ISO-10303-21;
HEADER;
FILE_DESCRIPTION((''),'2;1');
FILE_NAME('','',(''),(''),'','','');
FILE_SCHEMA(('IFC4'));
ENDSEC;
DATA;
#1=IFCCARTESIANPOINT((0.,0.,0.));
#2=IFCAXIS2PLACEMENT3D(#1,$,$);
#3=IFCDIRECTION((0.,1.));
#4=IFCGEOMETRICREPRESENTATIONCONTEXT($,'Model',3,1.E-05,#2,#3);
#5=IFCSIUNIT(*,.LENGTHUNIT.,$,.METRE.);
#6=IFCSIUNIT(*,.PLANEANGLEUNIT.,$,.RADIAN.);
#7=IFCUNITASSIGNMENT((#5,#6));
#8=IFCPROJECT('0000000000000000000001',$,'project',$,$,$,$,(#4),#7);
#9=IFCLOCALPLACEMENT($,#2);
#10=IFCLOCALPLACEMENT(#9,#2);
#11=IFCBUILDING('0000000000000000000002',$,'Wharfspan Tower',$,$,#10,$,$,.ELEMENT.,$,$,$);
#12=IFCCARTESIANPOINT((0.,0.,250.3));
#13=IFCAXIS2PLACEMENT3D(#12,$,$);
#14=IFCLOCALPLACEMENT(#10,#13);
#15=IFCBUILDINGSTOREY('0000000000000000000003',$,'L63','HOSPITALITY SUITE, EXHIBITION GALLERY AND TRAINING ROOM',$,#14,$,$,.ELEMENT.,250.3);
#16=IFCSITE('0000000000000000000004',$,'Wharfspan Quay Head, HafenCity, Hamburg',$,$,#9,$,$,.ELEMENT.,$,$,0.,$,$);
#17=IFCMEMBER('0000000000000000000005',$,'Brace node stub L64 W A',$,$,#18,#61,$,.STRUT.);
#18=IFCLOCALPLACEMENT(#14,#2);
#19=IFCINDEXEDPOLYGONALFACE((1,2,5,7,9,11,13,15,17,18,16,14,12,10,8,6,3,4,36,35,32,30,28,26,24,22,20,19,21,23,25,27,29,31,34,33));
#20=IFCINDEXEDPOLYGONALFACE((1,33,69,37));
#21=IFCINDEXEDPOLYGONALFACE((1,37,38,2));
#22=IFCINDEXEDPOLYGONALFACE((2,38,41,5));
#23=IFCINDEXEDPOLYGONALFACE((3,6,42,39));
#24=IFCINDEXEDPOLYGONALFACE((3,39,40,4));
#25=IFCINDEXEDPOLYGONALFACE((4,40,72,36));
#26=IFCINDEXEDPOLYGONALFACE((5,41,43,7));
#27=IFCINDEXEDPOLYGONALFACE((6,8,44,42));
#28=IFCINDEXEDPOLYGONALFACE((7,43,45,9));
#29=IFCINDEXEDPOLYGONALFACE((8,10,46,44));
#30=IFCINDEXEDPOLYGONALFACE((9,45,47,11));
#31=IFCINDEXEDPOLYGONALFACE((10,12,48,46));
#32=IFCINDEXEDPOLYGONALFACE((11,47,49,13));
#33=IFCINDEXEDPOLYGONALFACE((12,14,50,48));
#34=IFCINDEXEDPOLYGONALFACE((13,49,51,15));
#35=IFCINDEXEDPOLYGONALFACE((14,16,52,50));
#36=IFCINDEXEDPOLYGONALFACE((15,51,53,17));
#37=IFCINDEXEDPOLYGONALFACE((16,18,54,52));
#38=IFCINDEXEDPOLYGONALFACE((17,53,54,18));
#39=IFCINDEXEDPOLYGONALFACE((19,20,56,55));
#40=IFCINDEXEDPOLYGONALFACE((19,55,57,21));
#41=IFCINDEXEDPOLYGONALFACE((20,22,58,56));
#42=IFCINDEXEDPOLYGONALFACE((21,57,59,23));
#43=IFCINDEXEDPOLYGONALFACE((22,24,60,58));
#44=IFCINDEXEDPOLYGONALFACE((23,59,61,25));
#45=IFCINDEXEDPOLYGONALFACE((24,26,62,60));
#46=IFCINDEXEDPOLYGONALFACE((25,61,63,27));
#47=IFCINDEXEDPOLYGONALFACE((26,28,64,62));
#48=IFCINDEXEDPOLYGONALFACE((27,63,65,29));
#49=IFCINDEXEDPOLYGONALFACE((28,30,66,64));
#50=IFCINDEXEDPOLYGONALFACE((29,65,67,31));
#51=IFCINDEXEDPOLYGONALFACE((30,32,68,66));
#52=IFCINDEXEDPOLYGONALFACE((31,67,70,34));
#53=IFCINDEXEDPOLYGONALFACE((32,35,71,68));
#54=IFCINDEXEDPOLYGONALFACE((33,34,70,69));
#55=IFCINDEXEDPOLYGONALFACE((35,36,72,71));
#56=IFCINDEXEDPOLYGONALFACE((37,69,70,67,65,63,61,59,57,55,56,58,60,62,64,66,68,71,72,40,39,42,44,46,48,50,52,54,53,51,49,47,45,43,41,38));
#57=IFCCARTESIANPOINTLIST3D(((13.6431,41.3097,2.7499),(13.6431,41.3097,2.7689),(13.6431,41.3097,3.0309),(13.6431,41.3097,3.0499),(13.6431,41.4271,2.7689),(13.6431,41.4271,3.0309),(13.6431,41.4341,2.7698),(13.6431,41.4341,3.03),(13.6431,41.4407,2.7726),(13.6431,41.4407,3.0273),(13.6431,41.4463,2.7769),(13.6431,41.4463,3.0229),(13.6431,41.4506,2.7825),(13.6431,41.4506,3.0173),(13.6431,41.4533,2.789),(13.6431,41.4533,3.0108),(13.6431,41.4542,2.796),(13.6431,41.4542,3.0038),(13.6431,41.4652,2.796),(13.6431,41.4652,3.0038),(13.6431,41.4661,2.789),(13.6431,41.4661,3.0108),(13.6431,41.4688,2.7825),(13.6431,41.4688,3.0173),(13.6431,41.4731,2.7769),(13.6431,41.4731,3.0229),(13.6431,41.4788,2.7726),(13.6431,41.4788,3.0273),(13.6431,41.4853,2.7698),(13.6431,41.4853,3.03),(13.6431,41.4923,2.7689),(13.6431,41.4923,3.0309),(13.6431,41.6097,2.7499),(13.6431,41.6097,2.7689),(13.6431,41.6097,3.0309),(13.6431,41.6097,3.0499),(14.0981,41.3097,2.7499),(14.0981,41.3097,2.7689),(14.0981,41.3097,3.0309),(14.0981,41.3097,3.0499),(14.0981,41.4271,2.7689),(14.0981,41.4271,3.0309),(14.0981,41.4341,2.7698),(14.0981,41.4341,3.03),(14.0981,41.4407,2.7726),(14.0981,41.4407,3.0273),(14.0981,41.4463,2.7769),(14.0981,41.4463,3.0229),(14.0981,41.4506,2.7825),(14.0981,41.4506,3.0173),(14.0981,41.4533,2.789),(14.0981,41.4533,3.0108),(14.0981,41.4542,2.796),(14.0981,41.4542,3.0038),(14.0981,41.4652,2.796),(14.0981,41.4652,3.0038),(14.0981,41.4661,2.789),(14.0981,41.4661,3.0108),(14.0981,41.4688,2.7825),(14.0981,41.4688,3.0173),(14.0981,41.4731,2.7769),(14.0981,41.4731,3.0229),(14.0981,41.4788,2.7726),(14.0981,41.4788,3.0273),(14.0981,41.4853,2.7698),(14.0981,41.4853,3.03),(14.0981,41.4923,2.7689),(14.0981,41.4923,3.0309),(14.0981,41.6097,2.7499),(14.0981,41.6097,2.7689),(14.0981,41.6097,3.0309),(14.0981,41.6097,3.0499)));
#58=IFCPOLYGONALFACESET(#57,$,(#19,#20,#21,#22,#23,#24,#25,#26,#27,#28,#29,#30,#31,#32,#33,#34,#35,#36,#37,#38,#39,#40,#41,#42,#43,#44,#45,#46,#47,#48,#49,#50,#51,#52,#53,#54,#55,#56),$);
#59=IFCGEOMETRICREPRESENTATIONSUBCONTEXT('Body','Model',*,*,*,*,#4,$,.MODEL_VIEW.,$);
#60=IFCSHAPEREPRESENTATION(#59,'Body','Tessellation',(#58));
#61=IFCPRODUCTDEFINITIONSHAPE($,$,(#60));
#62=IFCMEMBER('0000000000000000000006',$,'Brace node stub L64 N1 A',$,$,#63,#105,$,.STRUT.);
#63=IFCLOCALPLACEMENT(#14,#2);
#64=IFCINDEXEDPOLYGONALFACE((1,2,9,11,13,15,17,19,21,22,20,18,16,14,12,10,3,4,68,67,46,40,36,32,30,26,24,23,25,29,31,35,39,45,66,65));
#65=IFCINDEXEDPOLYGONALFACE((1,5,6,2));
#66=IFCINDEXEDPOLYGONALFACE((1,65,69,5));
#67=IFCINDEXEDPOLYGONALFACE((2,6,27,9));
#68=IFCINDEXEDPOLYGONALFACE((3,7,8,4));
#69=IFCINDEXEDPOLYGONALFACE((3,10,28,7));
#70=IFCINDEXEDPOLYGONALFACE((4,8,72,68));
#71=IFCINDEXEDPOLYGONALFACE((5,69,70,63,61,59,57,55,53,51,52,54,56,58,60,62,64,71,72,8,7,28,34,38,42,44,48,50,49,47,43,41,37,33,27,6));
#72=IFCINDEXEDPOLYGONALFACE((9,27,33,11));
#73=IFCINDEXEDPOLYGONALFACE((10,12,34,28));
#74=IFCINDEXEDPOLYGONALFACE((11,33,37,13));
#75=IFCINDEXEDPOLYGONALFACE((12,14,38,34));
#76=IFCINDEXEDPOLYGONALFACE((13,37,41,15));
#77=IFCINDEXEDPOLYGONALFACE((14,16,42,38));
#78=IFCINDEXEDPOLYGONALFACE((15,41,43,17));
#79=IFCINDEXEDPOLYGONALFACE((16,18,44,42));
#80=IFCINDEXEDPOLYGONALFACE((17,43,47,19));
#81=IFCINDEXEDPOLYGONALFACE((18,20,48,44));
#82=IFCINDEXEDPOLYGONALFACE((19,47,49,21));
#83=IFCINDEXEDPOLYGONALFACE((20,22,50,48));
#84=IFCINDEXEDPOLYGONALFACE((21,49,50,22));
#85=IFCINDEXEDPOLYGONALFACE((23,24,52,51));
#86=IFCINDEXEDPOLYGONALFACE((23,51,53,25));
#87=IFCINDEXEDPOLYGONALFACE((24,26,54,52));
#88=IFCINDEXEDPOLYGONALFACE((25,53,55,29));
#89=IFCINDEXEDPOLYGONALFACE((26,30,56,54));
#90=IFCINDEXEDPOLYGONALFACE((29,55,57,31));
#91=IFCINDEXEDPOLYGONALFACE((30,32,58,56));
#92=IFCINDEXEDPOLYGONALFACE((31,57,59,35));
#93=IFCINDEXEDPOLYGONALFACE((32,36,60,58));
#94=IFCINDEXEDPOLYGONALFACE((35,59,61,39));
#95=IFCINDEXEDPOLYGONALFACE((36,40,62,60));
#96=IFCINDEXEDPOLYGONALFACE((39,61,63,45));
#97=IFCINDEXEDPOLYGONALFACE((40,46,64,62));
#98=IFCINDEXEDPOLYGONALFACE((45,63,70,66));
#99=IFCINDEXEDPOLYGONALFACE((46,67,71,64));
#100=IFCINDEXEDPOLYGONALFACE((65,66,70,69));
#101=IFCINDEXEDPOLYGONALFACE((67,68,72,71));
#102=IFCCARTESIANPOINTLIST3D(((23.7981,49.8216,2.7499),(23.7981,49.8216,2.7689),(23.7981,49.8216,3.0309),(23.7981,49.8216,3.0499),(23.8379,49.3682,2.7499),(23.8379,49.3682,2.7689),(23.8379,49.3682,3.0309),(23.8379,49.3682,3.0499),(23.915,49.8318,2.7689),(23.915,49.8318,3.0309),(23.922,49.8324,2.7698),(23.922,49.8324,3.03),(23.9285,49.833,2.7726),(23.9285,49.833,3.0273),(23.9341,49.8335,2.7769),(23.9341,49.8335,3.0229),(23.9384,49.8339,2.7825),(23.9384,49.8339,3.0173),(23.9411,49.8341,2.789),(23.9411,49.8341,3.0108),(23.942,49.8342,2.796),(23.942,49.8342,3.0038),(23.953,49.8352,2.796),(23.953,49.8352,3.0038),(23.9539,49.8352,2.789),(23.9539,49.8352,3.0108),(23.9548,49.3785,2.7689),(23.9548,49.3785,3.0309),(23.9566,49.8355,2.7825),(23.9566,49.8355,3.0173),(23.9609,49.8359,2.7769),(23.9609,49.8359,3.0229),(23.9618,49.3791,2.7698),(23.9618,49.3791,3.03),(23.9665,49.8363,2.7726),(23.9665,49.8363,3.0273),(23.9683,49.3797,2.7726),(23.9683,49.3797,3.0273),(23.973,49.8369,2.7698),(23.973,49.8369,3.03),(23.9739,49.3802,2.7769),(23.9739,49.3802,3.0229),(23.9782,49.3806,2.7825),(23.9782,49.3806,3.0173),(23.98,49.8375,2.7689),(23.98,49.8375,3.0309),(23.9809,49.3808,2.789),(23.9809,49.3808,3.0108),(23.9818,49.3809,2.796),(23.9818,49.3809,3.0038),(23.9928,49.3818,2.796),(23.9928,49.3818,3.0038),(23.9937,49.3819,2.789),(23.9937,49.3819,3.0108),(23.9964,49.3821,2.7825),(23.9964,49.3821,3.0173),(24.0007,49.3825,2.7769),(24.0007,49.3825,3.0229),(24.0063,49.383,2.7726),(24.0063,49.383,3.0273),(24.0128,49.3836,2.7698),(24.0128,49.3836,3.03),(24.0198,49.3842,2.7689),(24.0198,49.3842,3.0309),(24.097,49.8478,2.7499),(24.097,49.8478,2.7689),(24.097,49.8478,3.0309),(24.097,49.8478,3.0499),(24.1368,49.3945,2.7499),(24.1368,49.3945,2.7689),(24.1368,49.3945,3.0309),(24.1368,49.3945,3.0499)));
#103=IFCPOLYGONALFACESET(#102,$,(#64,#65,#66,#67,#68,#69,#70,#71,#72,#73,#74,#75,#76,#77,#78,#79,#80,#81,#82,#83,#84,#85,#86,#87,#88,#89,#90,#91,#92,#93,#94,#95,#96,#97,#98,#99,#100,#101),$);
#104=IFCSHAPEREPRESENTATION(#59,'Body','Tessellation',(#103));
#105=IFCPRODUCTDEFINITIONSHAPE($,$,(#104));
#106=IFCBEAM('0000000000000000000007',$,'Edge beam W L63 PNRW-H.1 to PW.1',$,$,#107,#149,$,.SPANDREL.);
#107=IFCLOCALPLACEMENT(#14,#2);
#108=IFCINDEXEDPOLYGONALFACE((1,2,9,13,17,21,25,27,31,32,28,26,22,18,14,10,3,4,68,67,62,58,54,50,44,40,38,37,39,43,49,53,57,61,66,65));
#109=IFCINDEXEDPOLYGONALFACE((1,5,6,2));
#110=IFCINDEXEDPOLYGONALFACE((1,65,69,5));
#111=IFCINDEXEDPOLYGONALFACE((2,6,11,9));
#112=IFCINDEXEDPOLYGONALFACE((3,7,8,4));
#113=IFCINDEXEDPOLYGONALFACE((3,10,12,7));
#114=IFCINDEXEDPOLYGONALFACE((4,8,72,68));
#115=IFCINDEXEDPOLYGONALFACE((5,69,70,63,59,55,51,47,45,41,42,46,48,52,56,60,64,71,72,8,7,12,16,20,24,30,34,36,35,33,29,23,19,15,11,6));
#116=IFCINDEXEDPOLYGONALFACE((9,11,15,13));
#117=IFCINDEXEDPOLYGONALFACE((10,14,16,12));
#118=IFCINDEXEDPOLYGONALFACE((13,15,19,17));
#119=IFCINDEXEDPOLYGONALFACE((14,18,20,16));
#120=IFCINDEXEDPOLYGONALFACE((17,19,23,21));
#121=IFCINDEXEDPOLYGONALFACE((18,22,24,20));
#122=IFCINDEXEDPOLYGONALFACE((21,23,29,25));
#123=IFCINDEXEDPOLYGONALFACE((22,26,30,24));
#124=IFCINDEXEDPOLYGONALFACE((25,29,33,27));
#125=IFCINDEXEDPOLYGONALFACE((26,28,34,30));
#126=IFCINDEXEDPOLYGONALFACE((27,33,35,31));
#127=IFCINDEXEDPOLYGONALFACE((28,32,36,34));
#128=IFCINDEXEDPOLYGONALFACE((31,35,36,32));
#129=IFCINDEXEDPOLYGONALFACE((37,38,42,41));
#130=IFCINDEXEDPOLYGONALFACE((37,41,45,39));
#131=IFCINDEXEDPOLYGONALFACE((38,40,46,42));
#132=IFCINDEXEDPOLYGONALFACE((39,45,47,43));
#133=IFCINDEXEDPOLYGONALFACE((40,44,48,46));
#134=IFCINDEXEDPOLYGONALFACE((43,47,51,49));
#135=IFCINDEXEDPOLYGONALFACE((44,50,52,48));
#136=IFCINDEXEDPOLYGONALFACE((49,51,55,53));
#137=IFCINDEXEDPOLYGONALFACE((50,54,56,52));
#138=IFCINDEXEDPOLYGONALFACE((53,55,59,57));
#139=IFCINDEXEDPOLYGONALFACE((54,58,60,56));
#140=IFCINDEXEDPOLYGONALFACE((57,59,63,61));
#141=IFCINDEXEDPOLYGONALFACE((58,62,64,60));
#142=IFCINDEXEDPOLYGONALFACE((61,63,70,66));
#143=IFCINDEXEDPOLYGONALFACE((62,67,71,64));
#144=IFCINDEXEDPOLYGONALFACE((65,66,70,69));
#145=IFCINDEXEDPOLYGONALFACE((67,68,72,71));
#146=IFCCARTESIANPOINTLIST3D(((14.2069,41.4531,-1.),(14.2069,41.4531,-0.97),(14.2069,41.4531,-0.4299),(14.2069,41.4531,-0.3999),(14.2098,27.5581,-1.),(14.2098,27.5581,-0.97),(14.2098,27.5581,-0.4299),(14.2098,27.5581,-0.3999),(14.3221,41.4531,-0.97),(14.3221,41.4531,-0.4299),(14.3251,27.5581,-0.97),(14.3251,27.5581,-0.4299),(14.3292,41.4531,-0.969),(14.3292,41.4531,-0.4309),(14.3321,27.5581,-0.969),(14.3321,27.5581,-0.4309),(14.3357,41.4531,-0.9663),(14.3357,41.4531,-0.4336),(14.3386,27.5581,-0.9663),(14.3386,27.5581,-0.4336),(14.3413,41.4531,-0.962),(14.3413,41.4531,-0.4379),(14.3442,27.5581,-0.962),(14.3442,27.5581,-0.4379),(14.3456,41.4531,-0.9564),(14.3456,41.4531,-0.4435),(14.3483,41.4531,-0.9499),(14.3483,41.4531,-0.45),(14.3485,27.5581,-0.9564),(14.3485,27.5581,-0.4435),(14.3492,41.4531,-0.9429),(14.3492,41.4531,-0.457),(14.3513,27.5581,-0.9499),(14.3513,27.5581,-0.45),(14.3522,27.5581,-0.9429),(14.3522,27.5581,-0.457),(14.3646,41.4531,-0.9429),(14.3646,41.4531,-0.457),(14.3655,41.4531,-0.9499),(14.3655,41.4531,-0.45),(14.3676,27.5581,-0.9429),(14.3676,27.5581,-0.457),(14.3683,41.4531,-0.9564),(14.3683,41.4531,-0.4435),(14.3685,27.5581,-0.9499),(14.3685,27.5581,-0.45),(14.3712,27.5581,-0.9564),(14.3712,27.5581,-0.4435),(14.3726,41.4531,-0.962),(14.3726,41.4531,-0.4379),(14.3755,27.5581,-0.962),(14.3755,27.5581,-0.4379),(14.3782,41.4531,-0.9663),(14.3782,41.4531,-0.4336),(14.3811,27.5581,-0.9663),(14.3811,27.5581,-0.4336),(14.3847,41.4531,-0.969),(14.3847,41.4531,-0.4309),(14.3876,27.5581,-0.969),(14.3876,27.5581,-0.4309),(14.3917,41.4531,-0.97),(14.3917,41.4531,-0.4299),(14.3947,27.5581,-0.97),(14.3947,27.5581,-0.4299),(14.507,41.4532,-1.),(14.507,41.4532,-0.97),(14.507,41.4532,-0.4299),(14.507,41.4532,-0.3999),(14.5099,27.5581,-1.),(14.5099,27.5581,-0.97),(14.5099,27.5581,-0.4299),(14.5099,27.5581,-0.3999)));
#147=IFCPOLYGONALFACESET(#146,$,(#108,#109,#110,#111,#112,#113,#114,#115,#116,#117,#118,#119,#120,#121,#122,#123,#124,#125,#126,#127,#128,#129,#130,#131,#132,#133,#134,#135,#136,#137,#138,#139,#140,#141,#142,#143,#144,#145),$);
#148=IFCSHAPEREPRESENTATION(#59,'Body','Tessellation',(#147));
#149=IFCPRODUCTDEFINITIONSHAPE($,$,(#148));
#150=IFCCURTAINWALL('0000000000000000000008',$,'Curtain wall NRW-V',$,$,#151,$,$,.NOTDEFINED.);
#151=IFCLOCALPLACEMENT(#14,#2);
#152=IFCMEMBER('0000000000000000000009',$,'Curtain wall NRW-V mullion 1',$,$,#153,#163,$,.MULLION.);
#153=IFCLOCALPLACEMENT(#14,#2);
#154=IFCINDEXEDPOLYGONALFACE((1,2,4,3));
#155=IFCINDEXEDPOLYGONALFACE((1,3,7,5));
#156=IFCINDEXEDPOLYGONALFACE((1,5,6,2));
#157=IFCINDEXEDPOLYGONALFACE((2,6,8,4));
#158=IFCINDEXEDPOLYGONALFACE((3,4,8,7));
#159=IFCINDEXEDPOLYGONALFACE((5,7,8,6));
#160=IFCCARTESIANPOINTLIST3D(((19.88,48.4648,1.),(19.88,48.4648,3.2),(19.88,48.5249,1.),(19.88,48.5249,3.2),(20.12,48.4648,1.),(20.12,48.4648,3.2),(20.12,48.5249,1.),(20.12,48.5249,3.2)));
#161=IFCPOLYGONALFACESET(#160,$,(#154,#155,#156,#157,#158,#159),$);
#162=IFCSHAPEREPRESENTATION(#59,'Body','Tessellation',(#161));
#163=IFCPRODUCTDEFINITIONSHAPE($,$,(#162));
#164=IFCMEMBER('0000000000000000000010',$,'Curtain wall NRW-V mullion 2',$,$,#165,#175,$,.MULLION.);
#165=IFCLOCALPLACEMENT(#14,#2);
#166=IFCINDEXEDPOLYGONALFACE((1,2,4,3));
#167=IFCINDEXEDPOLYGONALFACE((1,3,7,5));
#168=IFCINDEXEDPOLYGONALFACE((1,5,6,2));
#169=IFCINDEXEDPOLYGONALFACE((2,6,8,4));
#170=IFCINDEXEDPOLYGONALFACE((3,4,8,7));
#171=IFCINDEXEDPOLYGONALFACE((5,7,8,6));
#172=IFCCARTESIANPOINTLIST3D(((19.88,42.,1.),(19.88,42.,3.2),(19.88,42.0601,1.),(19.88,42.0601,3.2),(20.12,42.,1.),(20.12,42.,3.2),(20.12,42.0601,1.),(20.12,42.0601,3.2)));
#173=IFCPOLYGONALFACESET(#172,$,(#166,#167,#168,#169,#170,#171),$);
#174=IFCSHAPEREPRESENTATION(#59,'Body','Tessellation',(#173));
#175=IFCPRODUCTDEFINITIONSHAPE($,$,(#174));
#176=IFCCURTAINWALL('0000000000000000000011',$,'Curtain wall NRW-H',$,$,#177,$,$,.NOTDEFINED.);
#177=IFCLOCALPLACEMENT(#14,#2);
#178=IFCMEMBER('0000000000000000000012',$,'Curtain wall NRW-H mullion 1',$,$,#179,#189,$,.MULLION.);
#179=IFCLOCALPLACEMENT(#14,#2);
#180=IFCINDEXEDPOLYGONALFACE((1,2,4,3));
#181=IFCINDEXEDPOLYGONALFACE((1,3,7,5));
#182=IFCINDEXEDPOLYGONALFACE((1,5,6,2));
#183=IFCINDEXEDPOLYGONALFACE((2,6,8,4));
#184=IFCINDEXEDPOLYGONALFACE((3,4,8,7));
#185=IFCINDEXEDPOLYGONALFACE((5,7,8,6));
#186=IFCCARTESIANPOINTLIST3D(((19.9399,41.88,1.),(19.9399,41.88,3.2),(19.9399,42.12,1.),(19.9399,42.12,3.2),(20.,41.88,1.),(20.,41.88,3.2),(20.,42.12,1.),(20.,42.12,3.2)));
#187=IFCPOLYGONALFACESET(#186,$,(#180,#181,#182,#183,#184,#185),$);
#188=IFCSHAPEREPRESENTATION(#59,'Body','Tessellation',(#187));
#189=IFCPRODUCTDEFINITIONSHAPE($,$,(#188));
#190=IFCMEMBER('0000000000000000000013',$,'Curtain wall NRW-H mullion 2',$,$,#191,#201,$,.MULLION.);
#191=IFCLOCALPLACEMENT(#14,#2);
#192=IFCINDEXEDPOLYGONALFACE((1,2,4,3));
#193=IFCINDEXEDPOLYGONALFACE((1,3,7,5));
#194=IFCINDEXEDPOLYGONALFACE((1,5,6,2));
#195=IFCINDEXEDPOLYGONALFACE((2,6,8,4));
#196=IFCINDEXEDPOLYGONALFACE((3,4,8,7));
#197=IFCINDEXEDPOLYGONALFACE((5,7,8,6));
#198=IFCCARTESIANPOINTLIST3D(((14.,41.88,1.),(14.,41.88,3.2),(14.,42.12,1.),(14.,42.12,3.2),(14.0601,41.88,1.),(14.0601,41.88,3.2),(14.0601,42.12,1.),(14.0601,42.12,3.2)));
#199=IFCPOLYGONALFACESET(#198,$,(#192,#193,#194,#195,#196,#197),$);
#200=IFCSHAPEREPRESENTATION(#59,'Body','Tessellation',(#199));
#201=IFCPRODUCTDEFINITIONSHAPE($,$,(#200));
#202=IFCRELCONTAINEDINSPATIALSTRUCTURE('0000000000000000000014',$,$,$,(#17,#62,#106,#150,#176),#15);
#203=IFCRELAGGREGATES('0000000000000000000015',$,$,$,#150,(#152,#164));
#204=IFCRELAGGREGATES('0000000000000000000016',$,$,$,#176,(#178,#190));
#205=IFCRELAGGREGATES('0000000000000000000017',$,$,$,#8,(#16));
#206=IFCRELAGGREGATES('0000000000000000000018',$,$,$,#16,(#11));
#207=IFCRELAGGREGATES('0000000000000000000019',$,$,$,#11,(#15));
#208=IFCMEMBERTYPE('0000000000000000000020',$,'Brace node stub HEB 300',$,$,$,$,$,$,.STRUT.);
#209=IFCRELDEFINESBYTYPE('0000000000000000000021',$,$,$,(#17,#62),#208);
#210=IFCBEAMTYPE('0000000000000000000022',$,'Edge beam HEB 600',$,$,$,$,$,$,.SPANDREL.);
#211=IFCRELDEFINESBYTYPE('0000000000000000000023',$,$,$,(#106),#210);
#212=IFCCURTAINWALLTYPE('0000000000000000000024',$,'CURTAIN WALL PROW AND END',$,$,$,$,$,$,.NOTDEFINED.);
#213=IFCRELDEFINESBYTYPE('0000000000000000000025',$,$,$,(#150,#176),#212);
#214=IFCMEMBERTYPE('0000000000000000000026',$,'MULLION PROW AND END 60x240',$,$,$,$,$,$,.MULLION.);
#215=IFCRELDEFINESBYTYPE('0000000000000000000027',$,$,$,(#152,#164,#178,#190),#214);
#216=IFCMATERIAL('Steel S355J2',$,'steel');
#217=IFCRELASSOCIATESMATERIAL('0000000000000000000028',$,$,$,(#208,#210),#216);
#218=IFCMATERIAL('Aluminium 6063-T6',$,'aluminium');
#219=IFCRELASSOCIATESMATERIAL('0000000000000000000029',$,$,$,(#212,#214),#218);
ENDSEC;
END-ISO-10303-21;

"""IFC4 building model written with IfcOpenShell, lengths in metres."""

from ifc_helpers import new_model, si_unit, direction, frame, origin, origin_2d, place, context, subcontext, project, spatial, rectangle, i_section, extrude, material, material_profile, profile_set, type_object, element, aggregate, save


model = new_model("IFC4")

# Units and contexts
model_context = context("Model", 3, precision=1e-05, world=origin(), true_north=direction((0.0, 1.0)))
body_context = subcontext(model_context, "Body", "Model", "MODEL_VIEW")
ifc_project = project(units=[si_unit("LENGTHUNIT", "METRE"), si_unit("PLANEANGLEUNIT", "RADIAN")], contexts=[model_context])

# Site, building, storey
site_placement = place(None, origin())
site = spatial("IfcSite", under=ifc_project, at=site_placement, Name="Wharfspan Quay Head, HafenCity, Hamburg", CompositionType="ELEMENT", RefElevation=0.0)
building_placement = place(site_placement, origin())
building = spatial("IfcBuilding", under=site, at=building_placement, Name="Wharfspan Tower", CompositionType="ELEMENT")
storey_placement = place(building_placement, frame((0.0, 0.0, 250.3)))
storey = spatial("IfcBuildingStorey", under=building, at=storey_placement, Name="L63", Description="HOSPITALITY SUITE, EXHIBITION GALLERY AND TRAINING ROOM", CompositionType="ELEMENT", Elevation=250.3)

# Shared definitions
ifc_material_1 = material(Name="Steel S355J2", Category="steel")

# Members
ifc_material_profile_1 = material_profile(ifc_material_1, i_section(OverallWidth=0.3, OverallDepth=0.3, WebThickness=0.011, FlangeThickness=0.019, FilletRadius=0.0271, at=origin_2d()))
ifc_profile_set_1 = profile_set([ifc_material_profile_1], Name="Steel S355J2")
member_type_1 = type_object("IfcMemberType", Name="Brace node stub HEB 300", PredefinedType="STRUT", material=ifc_profile_set_1)
for number, where, z_axis, x_axis, name in (
    (1, (14.0981, 41.4597, 2.8999), (-1.0, 0.0, 0.0), (0.0, -1.0, 0.0), "Brace node stub L64 W A"),
    (2, (23.9873, 49.3813, 2.8999), (-0.08744, 0.99617, 0.0), (-0.99617, -0.08744, 0.0), "Brace node stub L64 N1 A"),
):
    element("IfcMember", number, at=place(storey_placement, frame(where, z_axis=z_axis, x_axis=x_axis)), inside=storey, type_object=member_type_1, Name=name, PredefinedType="STRUT", context=body_context, shape_type="SweptSolid", body=[
        extrude(i_section(OverallWidth=0.3, OverallDepth=0.3, WebThickness=0.011, FlangeThickness=0.019, FilletRadius=0.0271, at=origin_2d()), origin(), (0.0, 0.0, 1.0), 0.4551),
    ])

# Beam
ifc_material_profile_2 = material_profile(ifc_material_1, i_section(OverallWidth=0.3, OverallDepth=0.6001, WebThickness=0.0154, FlangeThickness=0.03, FilletRadius=0.0271, at=origin_2d()))
ifc_profile_set_2 = profile_set([ifc_material_profile_2], Name="Steel S355J2")
beam_type = type_object("IfcBeamType", Name="Edge beam HEB 600", PredefinedType="SPANDREL", material=ifc_profile_set_2)
beam_placement = place(storey_placement, frame((14.3569, 41.4531, -0.7), z_axis=(0.000211, -1.0, 0.0), x_axis=(1.0, 0.000211, 0.0)))
element("IfcBeam", 3, at=beam_placement, inside=storey, type_object=beam_type, Name="Edge beam W L63 PNRW-H.1 to PW.1", PredefinedType="SPANDREL", context=body_context, shape_type="SweptSolid", body=[
    extrude(i_section(OverallWidth=0.3, OverallDepth=0.6001, WebThickness=0.0154, FlangeThickness=0.03, FilletRadius=0.0271, at=origin_2d()), origin(), (0.0, 0.0, 1.0), 13.895),
])

# Curtain walls, members
ifc_material_2 = material(Name="Aluminium 6063-T6", Category="aluminium")
curtain_wall_type = type_object("IfcCurtainWallType", Name="CURTAIN WALL PROW AND END", PredefinedType="NOTDEFINED", material=ifc_material_2)
curtain_wall_1_placement = place(storey_placement, origin())
curtain_wall_1 = element("IfcCurtainWall", 4, at=curtain_wall_1_placement, inside=storey, type_object=curtain_wall_type, Name="Curtain wall NRW-V", PredefinedType="NOTDEFINED")
ifc_material_profile_3 = material_profile(ifc_material_2, rectangle(XDim=0.24, YDim=0.0601, at=origin_2d()))
ifc_profile_set_3 = profile_set([ifc_material_profile_3], Name="Aluminium 6063-T6")
member_type_2 = type_object("IfcMemberType", Name="MULLION PROW AND END 60x240", PredefinedType="MULLION", material=ifc_profile_set_3)
member_1_placement = place(storey_placement, frame((20.0, 48.4949, 1.0), z_axis=(0.0, 0.0, 1.0), x_axis=(1.0, 0.0, 0.0)))
member_1 = element("IfcMember", 5, at=member_1_placement, type_object=member_type_2, Name="Curtain wall NRW-V mullion 1", PredefinedType="MULLION", context=body_context, shape_type="SweptSolid", body=[
    extrude(rectangle(XDim=0.24, YDim=0.0601, at=origin_2d()), origin(), (0.0, 0.0, 1.0), 2.2),
])
member_2_placement = place(storey_placement, frame((20.0, 42.03, 1.0), z_axis=(0.0, 0.0, 1.0), x_axis=(1.0, 0.0, 0.0)))
member_2 = element("IfcMember", 6, at=member_2_placement, type_object=member_type_2, Name="Curtain wall NRW-V mullion 2", PredefinedType="MULLION", context=body_context, shape_type="SweptSolid", body=[
    extrude(rectangle(XDim=0.24, YDim=0.0601, at=origin_2d()), origin(), (0.0, 0.0, 1.0), 2.2),
])
curtain_wall_2_placement = place(storey_placement, origin())
curtain_wall_2 = element("IfcCurtainWall", 7, at=curtain_wall_2_placement, inside=storey, type_object=curtain_wall_type, Name="Curtain wall NRW-H", PredefinedType="NOTDEFINED")
member_3_placement = place(storey_placement, frame((19.97, 42.0, 1.0), z_axis=(0.0, 0.0, 1.0), x_axis=(0.0, -1.0, 0.0)))
member_3 = element("IfcMember", 8, at=member_3_placement, type_object=member_type_2, Name="Curtain wall NRW-H mullion 1", PredefinedType="MULLION", context=body_context, shape_type="SweptSolid", body=[
    extrude(rectangle(XDim=0.24, YDim=0.0601, at=origin_2d()), origin(), (0.0, 0.0, 1.0), 2.2),
])
member_4_placement = place(storey_placement, frame((14.03, 42.0, 1.0), z_axis=(0.0, 0.0, 1.0), x_axis=(0.0, -1.0, 0.0)))
member_4 = element("IfcMember", 9, at=member_4_placement, type_object=member_type_2, Name="Curtain wall NRW-H mullion 2", PredefinedType="MULLION", context=body_context, shape_type="SweptSolid", body=[
    extrude(rectangle(XDim=0.24, YDim=0.0601, at=origin_2d()), origin(), (0.0, 0.0, 1.0), 2.2),
])

aggregate(curtain_wall_1, [member_1, member_2])
aggregate(curtain_wall_2, [member_3, member_4])

save(model, "model.ifc")
